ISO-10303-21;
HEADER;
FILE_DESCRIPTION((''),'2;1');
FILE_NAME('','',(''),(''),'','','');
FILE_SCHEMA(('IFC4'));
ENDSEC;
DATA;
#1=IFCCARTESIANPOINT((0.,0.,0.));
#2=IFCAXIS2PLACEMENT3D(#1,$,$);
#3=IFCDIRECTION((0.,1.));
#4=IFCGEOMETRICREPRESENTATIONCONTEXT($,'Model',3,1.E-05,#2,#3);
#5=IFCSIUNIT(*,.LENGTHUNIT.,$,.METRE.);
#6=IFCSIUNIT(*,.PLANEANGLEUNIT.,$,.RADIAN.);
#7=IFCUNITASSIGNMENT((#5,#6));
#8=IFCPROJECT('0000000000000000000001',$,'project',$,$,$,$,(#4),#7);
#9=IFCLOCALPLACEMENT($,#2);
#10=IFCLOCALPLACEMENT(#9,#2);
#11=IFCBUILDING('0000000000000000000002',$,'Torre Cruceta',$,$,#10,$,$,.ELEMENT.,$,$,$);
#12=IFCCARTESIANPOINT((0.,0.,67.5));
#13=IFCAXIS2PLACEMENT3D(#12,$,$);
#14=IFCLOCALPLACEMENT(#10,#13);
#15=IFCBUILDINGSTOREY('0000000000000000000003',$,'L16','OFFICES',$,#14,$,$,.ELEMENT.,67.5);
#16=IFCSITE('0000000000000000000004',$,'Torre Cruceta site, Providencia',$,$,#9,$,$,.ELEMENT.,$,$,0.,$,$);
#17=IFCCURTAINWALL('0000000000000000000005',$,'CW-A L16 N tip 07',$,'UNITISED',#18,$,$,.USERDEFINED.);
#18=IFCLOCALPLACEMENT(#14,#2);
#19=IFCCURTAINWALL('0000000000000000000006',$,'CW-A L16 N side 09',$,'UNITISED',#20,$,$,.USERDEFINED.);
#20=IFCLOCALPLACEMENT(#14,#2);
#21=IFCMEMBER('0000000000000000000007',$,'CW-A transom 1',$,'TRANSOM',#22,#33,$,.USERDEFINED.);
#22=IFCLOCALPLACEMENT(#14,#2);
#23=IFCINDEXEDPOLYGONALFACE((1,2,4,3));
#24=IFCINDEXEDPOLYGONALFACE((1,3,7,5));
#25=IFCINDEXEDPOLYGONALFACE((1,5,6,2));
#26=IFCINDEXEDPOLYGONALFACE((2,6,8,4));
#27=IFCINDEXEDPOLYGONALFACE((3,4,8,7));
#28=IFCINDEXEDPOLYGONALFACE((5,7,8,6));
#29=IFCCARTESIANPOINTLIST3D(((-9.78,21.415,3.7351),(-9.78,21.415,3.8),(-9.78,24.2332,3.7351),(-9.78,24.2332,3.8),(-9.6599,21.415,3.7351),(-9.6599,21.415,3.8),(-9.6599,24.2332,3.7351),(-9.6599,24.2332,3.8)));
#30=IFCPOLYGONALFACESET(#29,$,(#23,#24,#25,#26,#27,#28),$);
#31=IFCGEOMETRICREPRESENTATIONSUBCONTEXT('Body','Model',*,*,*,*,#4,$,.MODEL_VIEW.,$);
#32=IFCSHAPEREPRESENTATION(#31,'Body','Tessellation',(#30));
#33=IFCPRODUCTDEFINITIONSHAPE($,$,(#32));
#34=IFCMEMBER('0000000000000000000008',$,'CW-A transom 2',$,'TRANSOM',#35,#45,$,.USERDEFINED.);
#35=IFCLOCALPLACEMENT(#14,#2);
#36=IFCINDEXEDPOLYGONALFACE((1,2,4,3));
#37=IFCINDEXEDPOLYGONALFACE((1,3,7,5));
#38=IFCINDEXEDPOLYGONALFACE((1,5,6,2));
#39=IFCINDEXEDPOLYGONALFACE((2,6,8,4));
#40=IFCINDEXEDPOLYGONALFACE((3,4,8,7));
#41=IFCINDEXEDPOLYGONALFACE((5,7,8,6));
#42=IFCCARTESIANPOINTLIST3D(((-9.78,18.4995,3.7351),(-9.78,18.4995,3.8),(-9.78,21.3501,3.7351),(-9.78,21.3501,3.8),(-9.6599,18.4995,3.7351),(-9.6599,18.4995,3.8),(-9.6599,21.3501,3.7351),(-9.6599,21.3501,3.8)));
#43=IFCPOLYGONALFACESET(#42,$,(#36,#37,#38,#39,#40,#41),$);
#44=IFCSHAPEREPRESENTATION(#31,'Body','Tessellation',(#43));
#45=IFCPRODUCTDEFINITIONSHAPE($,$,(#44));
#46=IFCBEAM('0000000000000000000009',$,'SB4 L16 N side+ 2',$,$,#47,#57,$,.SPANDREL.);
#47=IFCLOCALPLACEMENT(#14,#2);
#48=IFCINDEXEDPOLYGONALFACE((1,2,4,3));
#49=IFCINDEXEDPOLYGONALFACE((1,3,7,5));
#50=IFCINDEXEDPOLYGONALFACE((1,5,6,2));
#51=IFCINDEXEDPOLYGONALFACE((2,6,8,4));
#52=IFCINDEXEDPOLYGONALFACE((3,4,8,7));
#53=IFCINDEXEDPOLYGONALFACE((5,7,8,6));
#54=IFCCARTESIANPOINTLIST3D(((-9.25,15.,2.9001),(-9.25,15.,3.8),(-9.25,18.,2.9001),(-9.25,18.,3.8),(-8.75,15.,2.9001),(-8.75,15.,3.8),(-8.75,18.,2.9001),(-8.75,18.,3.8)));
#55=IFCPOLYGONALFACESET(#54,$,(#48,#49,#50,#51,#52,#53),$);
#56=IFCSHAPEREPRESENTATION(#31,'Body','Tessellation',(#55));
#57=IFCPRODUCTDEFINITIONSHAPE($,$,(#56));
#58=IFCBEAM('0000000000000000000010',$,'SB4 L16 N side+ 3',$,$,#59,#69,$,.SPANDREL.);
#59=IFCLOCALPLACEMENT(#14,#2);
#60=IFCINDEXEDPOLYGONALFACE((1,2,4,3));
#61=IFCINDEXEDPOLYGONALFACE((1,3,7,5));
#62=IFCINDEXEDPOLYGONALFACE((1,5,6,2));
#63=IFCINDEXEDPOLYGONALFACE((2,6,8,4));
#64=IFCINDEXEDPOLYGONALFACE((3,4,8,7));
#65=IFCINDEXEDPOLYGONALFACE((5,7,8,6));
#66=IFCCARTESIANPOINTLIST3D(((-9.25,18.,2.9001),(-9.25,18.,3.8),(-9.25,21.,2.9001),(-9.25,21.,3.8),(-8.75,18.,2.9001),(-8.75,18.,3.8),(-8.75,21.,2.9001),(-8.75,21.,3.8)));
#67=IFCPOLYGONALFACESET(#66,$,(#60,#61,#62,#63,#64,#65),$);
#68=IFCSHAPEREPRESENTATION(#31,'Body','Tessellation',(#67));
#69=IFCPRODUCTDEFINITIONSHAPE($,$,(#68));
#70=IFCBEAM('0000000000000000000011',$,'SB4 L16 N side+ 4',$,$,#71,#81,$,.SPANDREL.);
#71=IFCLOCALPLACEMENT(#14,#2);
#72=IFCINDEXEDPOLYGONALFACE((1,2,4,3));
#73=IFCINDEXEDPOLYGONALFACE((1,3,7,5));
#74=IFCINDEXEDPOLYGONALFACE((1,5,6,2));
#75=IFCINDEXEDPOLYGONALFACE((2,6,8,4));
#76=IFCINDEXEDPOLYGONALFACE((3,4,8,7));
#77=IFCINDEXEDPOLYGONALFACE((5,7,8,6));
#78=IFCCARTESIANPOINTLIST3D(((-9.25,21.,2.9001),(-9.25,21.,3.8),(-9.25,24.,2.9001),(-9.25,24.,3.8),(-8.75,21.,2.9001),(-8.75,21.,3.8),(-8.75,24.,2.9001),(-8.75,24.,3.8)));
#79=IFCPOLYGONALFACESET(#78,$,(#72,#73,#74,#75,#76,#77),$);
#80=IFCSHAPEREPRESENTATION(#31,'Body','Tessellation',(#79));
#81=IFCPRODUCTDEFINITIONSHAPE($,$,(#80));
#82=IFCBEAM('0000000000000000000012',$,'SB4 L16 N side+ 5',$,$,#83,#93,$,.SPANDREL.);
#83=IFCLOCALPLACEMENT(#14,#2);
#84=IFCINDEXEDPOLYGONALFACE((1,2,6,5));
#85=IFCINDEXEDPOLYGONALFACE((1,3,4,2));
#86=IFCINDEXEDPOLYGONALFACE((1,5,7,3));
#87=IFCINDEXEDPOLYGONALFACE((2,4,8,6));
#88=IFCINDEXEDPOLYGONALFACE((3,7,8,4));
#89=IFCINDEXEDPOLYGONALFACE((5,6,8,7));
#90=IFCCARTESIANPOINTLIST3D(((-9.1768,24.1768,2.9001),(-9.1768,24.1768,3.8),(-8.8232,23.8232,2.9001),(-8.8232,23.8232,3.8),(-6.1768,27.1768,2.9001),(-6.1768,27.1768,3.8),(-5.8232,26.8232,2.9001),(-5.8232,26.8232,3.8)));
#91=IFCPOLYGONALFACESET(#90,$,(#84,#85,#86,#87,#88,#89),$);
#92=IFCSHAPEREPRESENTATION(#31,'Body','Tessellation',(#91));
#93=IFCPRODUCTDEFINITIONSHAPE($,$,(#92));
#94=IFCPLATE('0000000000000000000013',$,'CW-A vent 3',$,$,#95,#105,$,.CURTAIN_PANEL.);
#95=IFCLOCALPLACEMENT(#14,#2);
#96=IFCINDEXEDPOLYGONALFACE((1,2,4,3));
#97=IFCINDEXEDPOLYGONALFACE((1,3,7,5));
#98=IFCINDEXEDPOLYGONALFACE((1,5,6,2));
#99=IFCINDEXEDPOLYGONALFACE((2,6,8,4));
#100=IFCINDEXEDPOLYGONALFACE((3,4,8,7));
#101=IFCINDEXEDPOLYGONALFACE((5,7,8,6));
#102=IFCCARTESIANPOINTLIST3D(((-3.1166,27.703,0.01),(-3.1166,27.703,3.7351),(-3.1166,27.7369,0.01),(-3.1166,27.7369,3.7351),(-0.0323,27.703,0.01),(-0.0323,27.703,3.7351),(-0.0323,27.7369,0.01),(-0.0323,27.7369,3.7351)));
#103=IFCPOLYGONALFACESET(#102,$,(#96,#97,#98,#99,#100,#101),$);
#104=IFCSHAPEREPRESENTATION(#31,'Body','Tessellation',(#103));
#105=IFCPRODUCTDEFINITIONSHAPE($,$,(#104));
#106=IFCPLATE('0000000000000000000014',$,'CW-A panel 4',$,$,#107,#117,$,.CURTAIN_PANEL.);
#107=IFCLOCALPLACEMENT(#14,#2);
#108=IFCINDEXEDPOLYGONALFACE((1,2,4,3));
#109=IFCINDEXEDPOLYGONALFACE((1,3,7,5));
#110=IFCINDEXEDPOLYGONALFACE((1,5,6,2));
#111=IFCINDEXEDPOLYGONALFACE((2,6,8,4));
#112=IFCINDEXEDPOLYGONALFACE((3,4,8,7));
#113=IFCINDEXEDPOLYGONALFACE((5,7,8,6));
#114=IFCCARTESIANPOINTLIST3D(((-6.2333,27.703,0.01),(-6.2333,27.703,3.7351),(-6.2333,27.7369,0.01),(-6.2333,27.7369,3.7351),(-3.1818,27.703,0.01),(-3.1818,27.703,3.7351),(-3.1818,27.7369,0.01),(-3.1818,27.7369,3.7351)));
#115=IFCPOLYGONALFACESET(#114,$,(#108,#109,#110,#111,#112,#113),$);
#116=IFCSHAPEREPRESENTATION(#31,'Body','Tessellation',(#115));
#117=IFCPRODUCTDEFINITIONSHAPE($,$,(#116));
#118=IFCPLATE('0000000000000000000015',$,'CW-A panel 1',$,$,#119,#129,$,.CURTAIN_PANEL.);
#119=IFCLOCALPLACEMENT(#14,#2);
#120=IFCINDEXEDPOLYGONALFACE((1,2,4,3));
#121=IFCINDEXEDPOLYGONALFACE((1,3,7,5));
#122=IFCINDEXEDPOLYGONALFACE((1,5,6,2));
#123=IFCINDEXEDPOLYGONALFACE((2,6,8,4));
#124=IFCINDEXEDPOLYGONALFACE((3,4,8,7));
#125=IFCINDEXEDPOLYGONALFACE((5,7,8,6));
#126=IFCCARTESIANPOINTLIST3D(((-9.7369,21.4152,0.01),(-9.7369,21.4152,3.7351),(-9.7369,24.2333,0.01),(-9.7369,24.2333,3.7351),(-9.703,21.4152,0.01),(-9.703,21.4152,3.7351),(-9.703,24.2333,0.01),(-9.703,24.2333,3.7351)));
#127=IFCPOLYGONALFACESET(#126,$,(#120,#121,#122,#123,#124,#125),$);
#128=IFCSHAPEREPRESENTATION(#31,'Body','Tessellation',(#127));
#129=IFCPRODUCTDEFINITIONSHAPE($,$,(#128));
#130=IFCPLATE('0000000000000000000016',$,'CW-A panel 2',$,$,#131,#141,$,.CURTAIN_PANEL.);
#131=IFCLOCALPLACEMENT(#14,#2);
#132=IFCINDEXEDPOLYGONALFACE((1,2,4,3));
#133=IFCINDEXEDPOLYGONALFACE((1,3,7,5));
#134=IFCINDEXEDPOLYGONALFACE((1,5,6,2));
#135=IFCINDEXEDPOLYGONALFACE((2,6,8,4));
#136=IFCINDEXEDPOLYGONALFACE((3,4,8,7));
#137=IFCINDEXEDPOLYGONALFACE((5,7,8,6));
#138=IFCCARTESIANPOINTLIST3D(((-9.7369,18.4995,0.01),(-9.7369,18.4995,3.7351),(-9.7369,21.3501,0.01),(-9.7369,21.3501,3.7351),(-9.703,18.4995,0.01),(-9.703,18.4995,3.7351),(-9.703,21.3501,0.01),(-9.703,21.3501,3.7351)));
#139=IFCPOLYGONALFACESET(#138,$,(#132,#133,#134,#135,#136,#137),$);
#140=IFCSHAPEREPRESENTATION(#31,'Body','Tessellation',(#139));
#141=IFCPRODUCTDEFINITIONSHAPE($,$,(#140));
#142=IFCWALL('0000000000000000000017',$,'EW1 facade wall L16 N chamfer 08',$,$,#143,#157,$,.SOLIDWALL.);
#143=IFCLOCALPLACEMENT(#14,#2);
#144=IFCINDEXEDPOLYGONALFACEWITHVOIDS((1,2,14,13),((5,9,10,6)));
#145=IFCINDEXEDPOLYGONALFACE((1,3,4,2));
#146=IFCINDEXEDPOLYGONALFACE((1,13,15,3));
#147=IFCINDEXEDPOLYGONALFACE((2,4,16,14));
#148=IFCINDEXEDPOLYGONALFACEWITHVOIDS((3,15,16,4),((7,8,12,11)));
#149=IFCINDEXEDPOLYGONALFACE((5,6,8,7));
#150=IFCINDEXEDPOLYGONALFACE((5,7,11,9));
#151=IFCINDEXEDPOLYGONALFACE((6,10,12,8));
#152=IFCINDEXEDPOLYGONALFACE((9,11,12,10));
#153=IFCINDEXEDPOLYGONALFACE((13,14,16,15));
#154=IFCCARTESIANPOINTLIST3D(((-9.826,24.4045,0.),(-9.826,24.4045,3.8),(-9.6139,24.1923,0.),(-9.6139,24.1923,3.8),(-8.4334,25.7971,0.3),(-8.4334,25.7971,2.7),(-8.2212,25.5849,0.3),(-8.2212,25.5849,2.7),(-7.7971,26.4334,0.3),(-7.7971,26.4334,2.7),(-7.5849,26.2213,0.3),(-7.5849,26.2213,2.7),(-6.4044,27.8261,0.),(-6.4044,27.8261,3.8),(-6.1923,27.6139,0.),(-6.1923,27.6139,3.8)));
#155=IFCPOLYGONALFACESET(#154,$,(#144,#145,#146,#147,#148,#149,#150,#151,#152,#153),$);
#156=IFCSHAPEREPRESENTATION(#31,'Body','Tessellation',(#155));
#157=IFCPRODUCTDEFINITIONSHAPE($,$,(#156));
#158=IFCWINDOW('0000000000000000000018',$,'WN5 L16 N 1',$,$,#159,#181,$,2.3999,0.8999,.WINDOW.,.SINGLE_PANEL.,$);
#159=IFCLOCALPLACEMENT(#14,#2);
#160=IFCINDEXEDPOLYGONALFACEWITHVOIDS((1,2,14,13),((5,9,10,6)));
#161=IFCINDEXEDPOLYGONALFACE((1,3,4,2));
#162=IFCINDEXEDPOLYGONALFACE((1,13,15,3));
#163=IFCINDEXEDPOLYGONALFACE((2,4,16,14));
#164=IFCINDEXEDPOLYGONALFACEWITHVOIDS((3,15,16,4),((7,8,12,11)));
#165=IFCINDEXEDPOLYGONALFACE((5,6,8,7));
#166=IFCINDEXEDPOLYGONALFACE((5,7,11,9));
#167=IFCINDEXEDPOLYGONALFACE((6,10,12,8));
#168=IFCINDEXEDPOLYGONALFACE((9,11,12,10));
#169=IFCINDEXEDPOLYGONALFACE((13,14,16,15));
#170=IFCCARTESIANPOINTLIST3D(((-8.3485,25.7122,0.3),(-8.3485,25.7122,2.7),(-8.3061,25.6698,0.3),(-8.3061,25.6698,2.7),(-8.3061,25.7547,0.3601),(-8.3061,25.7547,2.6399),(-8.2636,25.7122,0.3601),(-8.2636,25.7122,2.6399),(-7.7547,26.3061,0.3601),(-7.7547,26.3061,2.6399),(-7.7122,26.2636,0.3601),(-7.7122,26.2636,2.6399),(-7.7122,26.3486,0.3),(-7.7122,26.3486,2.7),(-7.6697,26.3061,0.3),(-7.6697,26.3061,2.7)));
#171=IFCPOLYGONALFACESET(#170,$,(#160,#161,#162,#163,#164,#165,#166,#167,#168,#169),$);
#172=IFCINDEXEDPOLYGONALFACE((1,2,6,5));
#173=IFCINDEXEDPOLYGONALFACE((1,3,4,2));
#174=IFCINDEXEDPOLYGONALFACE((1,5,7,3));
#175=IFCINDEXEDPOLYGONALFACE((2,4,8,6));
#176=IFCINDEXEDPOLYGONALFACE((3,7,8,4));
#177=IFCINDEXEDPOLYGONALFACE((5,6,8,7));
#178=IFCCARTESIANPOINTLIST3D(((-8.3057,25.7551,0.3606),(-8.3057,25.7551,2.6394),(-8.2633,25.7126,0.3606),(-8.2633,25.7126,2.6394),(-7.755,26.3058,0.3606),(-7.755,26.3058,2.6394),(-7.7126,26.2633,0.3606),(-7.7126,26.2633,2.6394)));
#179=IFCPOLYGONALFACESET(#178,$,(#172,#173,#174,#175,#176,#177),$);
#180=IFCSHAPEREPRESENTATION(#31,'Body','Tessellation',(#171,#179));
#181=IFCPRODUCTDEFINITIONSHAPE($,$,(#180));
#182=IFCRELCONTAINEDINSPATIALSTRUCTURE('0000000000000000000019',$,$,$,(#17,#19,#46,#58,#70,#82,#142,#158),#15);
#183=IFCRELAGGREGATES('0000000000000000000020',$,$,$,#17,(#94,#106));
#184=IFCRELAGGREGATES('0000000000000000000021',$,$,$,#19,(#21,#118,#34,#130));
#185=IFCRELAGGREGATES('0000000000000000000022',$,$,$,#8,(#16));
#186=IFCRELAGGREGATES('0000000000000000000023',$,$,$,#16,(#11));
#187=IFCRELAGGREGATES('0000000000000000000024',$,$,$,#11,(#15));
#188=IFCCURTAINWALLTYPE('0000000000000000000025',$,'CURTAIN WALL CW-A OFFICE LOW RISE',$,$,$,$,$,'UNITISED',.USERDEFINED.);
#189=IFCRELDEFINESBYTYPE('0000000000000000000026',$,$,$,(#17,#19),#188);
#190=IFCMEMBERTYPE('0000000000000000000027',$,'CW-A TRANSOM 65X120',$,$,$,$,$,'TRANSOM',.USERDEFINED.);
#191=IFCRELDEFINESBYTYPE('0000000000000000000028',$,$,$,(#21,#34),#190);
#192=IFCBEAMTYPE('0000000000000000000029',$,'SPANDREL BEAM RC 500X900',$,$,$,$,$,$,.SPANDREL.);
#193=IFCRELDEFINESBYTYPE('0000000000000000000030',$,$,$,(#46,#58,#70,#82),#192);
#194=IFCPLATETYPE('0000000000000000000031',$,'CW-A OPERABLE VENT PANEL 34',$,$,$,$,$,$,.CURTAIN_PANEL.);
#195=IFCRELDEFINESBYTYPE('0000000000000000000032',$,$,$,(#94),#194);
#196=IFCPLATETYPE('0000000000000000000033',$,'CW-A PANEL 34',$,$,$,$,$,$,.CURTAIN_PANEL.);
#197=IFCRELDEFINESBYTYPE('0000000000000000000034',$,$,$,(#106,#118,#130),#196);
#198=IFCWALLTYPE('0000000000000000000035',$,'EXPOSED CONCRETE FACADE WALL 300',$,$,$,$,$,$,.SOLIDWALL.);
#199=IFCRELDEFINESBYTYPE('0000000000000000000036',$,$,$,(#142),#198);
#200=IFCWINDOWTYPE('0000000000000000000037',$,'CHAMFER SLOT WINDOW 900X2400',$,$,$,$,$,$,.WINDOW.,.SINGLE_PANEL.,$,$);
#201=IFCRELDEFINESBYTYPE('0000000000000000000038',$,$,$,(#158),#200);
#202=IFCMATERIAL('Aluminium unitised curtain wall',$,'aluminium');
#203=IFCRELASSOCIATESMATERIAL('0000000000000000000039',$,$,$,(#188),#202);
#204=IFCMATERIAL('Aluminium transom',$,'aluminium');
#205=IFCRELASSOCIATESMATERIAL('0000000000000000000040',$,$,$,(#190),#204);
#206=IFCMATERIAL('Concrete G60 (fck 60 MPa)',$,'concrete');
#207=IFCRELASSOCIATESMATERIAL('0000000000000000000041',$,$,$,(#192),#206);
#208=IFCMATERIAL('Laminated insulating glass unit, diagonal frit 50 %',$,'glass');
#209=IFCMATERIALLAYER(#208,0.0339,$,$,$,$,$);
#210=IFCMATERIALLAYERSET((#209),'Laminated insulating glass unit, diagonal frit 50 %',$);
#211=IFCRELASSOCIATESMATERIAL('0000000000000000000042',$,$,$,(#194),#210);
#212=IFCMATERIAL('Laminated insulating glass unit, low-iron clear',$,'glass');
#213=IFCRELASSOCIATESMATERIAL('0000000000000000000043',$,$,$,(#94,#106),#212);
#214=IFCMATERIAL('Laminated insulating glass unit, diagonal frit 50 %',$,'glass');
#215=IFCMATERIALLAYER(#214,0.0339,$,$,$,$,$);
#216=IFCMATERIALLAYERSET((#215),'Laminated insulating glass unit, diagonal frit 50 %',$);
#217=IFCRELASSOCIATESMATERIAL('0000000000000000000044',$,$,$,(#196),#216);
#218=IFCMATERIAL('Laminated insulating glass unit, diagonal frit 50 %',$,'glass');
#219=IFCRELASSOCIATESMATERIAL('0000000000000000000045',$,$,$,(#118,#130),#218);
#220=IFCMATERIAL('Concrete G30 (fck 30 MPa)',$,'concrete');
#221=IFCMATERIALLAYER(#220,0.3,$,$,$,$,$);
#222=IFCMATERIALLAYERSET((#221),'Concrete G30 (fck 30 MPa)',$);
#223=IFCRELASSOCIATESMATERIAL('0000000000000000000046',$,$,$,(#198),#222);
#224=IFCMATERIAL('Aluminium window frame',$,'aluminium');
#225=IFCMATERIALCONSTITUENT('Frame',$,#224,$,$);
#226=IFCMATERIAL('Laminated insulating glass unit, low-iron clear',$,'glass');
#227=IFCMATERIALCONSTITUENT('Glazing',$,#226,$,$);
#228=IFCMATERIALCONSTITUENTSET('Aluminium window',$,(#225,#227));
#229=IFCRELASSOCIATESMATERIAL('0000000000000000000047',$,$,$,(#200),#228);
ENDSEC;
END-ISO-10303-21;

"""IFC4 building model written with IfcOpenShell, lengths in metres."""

from ifc_helpers import new_model, si_unit, direction, frame, frame_2d, origin, origin_2d, place, context, subcontext, project, spatial, rectangle, hollow_rectangle, extrude, material, layer, layer_set, constituent, constituent_set, material_profile, profile_set, type_object, element, fill, aggregate, save


model = new_model("IFC4")

# Units and contexts
model_context = context("Model", 3, precision=1e-05, world=origin(), true_north=direction((0.0, 1.0)))
body_context = subcontext(model_context, "Body", "Model", "MODEL_VIEW")
ifc_project = project(units=[si_unit("LENGTHUNIT", "METRE"), si_unit("PLANEANGLEUNIT", "RADIAN")], contexts=[model_context])

# Site, building, storey
site_placement = place(None, origin())
site = spatial("IfcSite", under=ifc_project, at=site_placement, Name="Torre Cruceta site, Providencia", CompositionType="ELEMENT", RefElevation=0.0)
building_placement = place(site_placement, origin())
building = spatial("IfcBuilding", under=site, at=building_placement, Name="Torre Cruceta", CompositionType="ELEMENT")
storey_placement = place(building_placement, frame((0.0, 0.0, 67.5)))
storey = spatial("IfcBuildingStorey", under=building, at=storey_placement, Name="L16", Description="OFFICES", CompositionType="ELEMENT", Elevation=67.5)

# Curtain walls
ifc_material_1 = material(Name="Aluminium unitised curtain wall", Category="aluminium")
curtain_wall_type = type_object("IfcCurtainWallType", Name="CURTAIN WALL CW-A OFFICE LOW RISE", ElementType="UNITISED", PredefinedType="USERDEFINED", material=ifc_material_1)
curtain_wall_1_placement = place(storey_placement, origin())
curtain_wall_1 = element("IfcCurtainWall", 1, at=curtain_wall_1_placement, inside=storey, type_object=curtain_wall_type, Name="CW-A L16 N tip 07", ObjectType="UNITISED", PredefinedType="USERDEFINED")
curtain_wall_2_placement = place(storey_placement, origin())
curtain_wall_2 = element("IfcCurtainWall", 2, at=curtain_wall_2_placement, inside=storey, type_object=curtain_wall_type, Name="CW-A L16 N side 09", ObjectType="UNITISED", PredefinedType="USERDEFINED")

# Members
ifc_material_2 = material(Name="Aluminium transom", Category="aluminium")
ifc_material_profile_1 = material_profile(ifc_material_2, rectangle(XDim=0.1201, YDim=0.0649, at=origin_2d()), Name="AL 120X65")
ifc_profile_set_1 = profile_set([ifc_material_profile_1], Name="Aluminium transom")
member_type_1 = type_object("IfcMemberType", Name="CW-A TRANSOM 65X120", ElementType="TRANSOM", PredefinedType="USERDEFINED", material=ifc_profile_set_1)
member_1_placement = place(storey_placement, frame((-9.72, 24.2332, 3.7676), z_axis=(0.0, -1.0, 0.0), x_axis=(1.0, 0.0, 0.0)))
member_1 = element("IfcMember", 3, at=member_1_placement, type_object=member_type_1, Name="CW-A transom 1", ObjectType="TRANSOM", PredefinedType="USERDEFINED", context=body_context, shape_type="SweptSolid", body=[
    extrude(rectangle(XDim=0.1201, YDim=0.0649, at=origin_2d()), origin(), (0.0, 0.0, 1.0), 2.8181),
])
member_2_placement = place(storey_placement, frame((-9.72, 21.3501, 3.7676), z_axis=(0.0, -1.0, 0.0), x_axis=(1.0, 0.0, 0.0)))
member_2 = element("IfcMember", 4, at=member_2_placement, type_object=member_type_1, Name="CW-A transom 2", ObjectType="TRANSOM", PredefinedType="USERDEFINED", context=body_context, shape_type="SweptSolid", body=[
    extrude(rectangle(XDim=0.1201, YDim=0.0649, at=origin_2d()), origin(), (0.0, 0.0, 1.0), 2.8506),
])

# Beams
ifc_material_3 = material(Name="Concrete G60 (fck 60 MPa)", Category="concrete")
ifc_material_profile_2 = material_profile(ifc_material_3, rectangle(XDim=0.5, YDim=0.8999, at=origin_2d()), Name="RC 500X900")
ifc_profile_set_2 = profile_set([ifc_material_profile_2], Name="Concrete G60 (fck 60 MPa)")
beam_type_1 = type_object("IfcBeamType", Name="SPANDREL BEAM RC 500X900", PredefinedType="SPANDREL", material=ifc_profile_set_2)
for number, where, z_axis, x_axis, name in (
    (5, (-9.0, 15.0, 3.3501), (0.0, 1.0, 0.0), (-1.0, 0.0, 0.0), "SB4 L16 N side+ 2"),
    (6, (-9.0, 18.0, 3.3501), (0.0, 1.0, 0.0), (-1.0, 0.0, 0.0), "SB4 L16 N side+ 3"),
    (7, (-9.0, 21.0, 3.3501), (0.0, 1.0, 0.0), (-1.0, 0.0, 0.0), "SB4 L16 N side+ 4"),
):
    element("IfcBeam", number, at=place(storey_placement, frame(where, z_axis=z_axis, x_axis=x_axis)), inside=storey, type_object=beam_type_1, Name=name, PredefinedType="SPANDREL", context=body_context, shape_type="SweptSolid", body=[
        extrude(rectangle(XDim=0.5, YDim=0.8999, at=origin_2d()), origin(), (0.0, 0.0, 1.0), 3.0),
    ])
beam_placement = place(storey_placement, frame((-9.0, 24.0, 3.3501), z_axis=(0.707107, 0.707107, 0.0), x_axis=(-0.707107, 0.707107, 0.0)))
element("IfcBeam", 8, at=beam_placement, inside=storey, type_object=beam_type_1, Name="SB4 L16 N side+ 5", PredefinedType="SPANDREL", context=body_context, shape_type="SweptSolid", body=[
    extrude(rectangle(XDim=0.5, YDim=0.8999, at=origin_2d()), origin(), (0.0, 0.0, 1.0), 4.2427),
])

# Plates
ifc_material_4 = material(Name="Laminated insulating glass unit, low-iron clear", Category="glass")
ifc_material_5 = material(Name="Laminated insulating glass unit, diagonal frit 50 %", Category="glass")
ifc_layer_1 = layer(ifc_material_5, 0.0339)
ifc_layer_set_1 = layer_set([ifc_layer_1], Name="Laminated insulating glass unit, diagonal frit 50 %")
plate_type_1 = type_object("IfcPlateType", Name="CW-A OPERABLE VENT PANEL 34", PredefinedType="CURTAIN_PANEL", material=ifc_layer_set_1)
plate_1_placement = place(storey_placement, frame((-1.5745, 27.72, 0.01), z_axis=(0.0, 0.0, 1.0), x_axis=(-1.0, 0.0, 0.0)))
plate_1 = element("IfcPlate", 9, at=plate_1_placement, type_object=plate_type_1, material=ifc_material_4, Name="CW-A vent 3", PredefinedType="CURTAIN_PANEL", context=body_context, shape_type="SweptSolid", body=[
    extrude(rectangle(XDim=3.0842, YDim=0.0339, at=origin_2d()), origin(), (0.0, 0.0, 1.0), 3.7251),
])
ifc_material_6 = material(Name="Laminated insulating glass unit, diagonal frit 50 %", Category="glass")
ifc_layer_2 = layer(ifc_material_6, 0.0339)
ifc_layer_set_2 = layer_set([ifc_layer_2], Name="Laminated insulating glass unit, diagonal frit 50 %")
plate_type_2 = type_object("IfcPlateType", Name="CW-A PANEL 34", PredefinedType="CURTAIN_PANEL", material=ifc_layer_set_2)
plate_2_placement = place(storey_placement, frame((-4.7075, 27.72, 0.01), z_axis=(0.0, 0.0, 1.0), x_axis=(-1.0, 0.0, 0.0)))
plate_2 = element("IfcPlate", 10, at=plate_2_placement, type_object=plate_type_2, material=ifc_material_4, Name="CW-A panel 4", PredefinedType="CURTAIN_PANEL", context=body_context, shape_type="SweptSolid", body=[
    extrude(rectangle(XDim=3.0515, YDim=0.0339, at=origin_2d()), origin(), (0.0, 0.0, 1.0), 3.7251),
])
aggregate(curtain_wall_1, [plate_1, plate_2])
ifc_material_7 = material(Name="Laminated insulating glass unit, diagonal frit 50 %", Category="glass")
plate_3_placement = place(storey_placement, frame((-9.72, 22.8242, 0.01), z_axis=(0.0, 0.0, 1.0), x_axis=(0.0, -1.0, 0.0)))
plate_3 = element("IfcPlate", 11, at=plate_3_placement, type_object=plate_type_2, material=ifc_material_7, Name="CW-A panel 1", PredefinedType="CURTAIN_PANEL", context=body_context, shape_type="SweptSolid", body=[
    extrude(rectangle(XDim=2.8181, YDim=0.0339, at=origin_2d()), origin(), (0.0, 0.0, 1.0), 3.7251),
])
plate_4_placement = place(storey_placement, frame((-9.72, 19.9248, 0.01), z_axis=(0.0, 0.0, 1.0), x_axis=(0.0, -1.0, 0.0)))
plate_4 = element("IfcPlate", 12, at=plate_4_placement, type_object=plate_type_2, material=ifc_material_7, Name="CW-A panel 2", PredefinedType="CURTAIN_PANEL", context=body_context, shape_type="SweptSolid", body=[
    extrude(rectangle(XDim=2.8506, YDim=0.0339, at=origin_2d()), origin(), (0.0, 0.0, 1.0), 3.7251),
])
aggregate(curtain_wall_2, [member_1, plate_3, member_2, plate_4])

# Wall, opening, window
ifc_material_8 = material(Name="Concrete G30 (fck 30 MPa)", Category="concrete")
ifc_layer_3 = layer(ifc_material_8, 0.3)
ifc_layer_set_3 = layer_set([ifc_layer_3], Name="Concrete G30 (fck 30 MPa)")
wall_type_1 = type_object("IfcWallType", Name="EXPOSED CONCRETE FACADE WALL 300", PredefinedType="SOLIDWALL", material=ifc_layer_set_3)
wall_1_placement = place(storey_placement, frame((-6.2983, 27.72, 0.0), z_axis=(0.0, 0.0, 1.0), x_axis=(-0.707107, -0.707107, 0.0)))
wall_1 = element("IfcWall", 13, at=wall_1_placement, inside=storey, type_object=wall_type_1, Name="EW1 facade wall L16 N chamfer 08", PredefinedType="SOLIDWALL", context=body_context, shape_type="SweptSolid", body=[
    extrude(rectangle(XDim=4.8389, YDim=0.3, at=frame_2d((2.4194, 0.0))), origin(), (0.0, 0.0, 1.0), 3.8),
])
opening_1_placement = place(wall_1_placement, frame((1.9695, 0.0, 0.3)))
opening_1 = element("IfcOpeningElement", 14, at=opening_1_placement, cuts=wall_1, PredefinedType="OPENING", context=body_context, shape_type="SweptSolid", body=[
    extrude(rectangle(XDim=0.8999, YDim=2.3999, at=frame_2d((0.45, 1.2))), frame((0.0, 0.1599, 0.0), z_axis=(0.0, -1.0, 0.0), x_axis=(1.0, 0.0, 0.0)), (0.0, 0.0, 1.0), 0.3201),
])
ifc_material_9 = material(Name="Aluminium window frame", Category="aluminium")
ifc_constituent_1 = constituent(ifc_material_9, Name="Frame")
ifc_material_10 = material(Name="Laminated insulating glass unit, low-iron clear", Category="glass")
ifc_constituent_2 = constituent(ifc_material_10, Name="Glazing")
ifc_constituent_set_1 = constituent_set(constituents=[ifc_constituent_1, ifc_constituent_2], Name="Aluminium window")
window_type = type_object("IfcWindowType", Name="CHAMFER SLOT WINDOW 900X2400", PartitioningType="SINGLE_PANEL", PredefinedType="WINDOW", material=ifc_constituent_set_1)
window_placement = place(opening_1_placement, origin())
window = element("IfcWindow", 15, at=window_placement, inside=storey, type_object=window_type, Name="WN5 L16 N 1", OverallHeight=2.3999, OverallWidth=0.8999, PartitioningType="SINGLE_PANEL", PredefinedType="WINDOW", context=body_context, shape_type="SweptSolid", body=[
    extrude(hollow_rectangle(XDim=0.8999, YDim=2.3999, WallThickness=0.0601, at=frame_2d((0.45, 1.2))), frame((0.0, 0.03, 0.0), z_axis=(0.0, -1.0, 0.0), x_axis=(1.0, 0.0, 0.0)), (0.0, 0.0, 1.0), 0.0601),
    extrude(rectangle(XDim=0.7788, YDim=2.2788, at=frame_2d((0.45, 1.2))), frame((0.0, 0.03, 0.0), z_axis=(0.0, -1.0, 0.0), x_axis=(1.0, 0.0, 0.0)), (0.0, 0.0, 1.0), 0.0601),
])
fill(opening_1, window)

save(model, "model.ifc")
